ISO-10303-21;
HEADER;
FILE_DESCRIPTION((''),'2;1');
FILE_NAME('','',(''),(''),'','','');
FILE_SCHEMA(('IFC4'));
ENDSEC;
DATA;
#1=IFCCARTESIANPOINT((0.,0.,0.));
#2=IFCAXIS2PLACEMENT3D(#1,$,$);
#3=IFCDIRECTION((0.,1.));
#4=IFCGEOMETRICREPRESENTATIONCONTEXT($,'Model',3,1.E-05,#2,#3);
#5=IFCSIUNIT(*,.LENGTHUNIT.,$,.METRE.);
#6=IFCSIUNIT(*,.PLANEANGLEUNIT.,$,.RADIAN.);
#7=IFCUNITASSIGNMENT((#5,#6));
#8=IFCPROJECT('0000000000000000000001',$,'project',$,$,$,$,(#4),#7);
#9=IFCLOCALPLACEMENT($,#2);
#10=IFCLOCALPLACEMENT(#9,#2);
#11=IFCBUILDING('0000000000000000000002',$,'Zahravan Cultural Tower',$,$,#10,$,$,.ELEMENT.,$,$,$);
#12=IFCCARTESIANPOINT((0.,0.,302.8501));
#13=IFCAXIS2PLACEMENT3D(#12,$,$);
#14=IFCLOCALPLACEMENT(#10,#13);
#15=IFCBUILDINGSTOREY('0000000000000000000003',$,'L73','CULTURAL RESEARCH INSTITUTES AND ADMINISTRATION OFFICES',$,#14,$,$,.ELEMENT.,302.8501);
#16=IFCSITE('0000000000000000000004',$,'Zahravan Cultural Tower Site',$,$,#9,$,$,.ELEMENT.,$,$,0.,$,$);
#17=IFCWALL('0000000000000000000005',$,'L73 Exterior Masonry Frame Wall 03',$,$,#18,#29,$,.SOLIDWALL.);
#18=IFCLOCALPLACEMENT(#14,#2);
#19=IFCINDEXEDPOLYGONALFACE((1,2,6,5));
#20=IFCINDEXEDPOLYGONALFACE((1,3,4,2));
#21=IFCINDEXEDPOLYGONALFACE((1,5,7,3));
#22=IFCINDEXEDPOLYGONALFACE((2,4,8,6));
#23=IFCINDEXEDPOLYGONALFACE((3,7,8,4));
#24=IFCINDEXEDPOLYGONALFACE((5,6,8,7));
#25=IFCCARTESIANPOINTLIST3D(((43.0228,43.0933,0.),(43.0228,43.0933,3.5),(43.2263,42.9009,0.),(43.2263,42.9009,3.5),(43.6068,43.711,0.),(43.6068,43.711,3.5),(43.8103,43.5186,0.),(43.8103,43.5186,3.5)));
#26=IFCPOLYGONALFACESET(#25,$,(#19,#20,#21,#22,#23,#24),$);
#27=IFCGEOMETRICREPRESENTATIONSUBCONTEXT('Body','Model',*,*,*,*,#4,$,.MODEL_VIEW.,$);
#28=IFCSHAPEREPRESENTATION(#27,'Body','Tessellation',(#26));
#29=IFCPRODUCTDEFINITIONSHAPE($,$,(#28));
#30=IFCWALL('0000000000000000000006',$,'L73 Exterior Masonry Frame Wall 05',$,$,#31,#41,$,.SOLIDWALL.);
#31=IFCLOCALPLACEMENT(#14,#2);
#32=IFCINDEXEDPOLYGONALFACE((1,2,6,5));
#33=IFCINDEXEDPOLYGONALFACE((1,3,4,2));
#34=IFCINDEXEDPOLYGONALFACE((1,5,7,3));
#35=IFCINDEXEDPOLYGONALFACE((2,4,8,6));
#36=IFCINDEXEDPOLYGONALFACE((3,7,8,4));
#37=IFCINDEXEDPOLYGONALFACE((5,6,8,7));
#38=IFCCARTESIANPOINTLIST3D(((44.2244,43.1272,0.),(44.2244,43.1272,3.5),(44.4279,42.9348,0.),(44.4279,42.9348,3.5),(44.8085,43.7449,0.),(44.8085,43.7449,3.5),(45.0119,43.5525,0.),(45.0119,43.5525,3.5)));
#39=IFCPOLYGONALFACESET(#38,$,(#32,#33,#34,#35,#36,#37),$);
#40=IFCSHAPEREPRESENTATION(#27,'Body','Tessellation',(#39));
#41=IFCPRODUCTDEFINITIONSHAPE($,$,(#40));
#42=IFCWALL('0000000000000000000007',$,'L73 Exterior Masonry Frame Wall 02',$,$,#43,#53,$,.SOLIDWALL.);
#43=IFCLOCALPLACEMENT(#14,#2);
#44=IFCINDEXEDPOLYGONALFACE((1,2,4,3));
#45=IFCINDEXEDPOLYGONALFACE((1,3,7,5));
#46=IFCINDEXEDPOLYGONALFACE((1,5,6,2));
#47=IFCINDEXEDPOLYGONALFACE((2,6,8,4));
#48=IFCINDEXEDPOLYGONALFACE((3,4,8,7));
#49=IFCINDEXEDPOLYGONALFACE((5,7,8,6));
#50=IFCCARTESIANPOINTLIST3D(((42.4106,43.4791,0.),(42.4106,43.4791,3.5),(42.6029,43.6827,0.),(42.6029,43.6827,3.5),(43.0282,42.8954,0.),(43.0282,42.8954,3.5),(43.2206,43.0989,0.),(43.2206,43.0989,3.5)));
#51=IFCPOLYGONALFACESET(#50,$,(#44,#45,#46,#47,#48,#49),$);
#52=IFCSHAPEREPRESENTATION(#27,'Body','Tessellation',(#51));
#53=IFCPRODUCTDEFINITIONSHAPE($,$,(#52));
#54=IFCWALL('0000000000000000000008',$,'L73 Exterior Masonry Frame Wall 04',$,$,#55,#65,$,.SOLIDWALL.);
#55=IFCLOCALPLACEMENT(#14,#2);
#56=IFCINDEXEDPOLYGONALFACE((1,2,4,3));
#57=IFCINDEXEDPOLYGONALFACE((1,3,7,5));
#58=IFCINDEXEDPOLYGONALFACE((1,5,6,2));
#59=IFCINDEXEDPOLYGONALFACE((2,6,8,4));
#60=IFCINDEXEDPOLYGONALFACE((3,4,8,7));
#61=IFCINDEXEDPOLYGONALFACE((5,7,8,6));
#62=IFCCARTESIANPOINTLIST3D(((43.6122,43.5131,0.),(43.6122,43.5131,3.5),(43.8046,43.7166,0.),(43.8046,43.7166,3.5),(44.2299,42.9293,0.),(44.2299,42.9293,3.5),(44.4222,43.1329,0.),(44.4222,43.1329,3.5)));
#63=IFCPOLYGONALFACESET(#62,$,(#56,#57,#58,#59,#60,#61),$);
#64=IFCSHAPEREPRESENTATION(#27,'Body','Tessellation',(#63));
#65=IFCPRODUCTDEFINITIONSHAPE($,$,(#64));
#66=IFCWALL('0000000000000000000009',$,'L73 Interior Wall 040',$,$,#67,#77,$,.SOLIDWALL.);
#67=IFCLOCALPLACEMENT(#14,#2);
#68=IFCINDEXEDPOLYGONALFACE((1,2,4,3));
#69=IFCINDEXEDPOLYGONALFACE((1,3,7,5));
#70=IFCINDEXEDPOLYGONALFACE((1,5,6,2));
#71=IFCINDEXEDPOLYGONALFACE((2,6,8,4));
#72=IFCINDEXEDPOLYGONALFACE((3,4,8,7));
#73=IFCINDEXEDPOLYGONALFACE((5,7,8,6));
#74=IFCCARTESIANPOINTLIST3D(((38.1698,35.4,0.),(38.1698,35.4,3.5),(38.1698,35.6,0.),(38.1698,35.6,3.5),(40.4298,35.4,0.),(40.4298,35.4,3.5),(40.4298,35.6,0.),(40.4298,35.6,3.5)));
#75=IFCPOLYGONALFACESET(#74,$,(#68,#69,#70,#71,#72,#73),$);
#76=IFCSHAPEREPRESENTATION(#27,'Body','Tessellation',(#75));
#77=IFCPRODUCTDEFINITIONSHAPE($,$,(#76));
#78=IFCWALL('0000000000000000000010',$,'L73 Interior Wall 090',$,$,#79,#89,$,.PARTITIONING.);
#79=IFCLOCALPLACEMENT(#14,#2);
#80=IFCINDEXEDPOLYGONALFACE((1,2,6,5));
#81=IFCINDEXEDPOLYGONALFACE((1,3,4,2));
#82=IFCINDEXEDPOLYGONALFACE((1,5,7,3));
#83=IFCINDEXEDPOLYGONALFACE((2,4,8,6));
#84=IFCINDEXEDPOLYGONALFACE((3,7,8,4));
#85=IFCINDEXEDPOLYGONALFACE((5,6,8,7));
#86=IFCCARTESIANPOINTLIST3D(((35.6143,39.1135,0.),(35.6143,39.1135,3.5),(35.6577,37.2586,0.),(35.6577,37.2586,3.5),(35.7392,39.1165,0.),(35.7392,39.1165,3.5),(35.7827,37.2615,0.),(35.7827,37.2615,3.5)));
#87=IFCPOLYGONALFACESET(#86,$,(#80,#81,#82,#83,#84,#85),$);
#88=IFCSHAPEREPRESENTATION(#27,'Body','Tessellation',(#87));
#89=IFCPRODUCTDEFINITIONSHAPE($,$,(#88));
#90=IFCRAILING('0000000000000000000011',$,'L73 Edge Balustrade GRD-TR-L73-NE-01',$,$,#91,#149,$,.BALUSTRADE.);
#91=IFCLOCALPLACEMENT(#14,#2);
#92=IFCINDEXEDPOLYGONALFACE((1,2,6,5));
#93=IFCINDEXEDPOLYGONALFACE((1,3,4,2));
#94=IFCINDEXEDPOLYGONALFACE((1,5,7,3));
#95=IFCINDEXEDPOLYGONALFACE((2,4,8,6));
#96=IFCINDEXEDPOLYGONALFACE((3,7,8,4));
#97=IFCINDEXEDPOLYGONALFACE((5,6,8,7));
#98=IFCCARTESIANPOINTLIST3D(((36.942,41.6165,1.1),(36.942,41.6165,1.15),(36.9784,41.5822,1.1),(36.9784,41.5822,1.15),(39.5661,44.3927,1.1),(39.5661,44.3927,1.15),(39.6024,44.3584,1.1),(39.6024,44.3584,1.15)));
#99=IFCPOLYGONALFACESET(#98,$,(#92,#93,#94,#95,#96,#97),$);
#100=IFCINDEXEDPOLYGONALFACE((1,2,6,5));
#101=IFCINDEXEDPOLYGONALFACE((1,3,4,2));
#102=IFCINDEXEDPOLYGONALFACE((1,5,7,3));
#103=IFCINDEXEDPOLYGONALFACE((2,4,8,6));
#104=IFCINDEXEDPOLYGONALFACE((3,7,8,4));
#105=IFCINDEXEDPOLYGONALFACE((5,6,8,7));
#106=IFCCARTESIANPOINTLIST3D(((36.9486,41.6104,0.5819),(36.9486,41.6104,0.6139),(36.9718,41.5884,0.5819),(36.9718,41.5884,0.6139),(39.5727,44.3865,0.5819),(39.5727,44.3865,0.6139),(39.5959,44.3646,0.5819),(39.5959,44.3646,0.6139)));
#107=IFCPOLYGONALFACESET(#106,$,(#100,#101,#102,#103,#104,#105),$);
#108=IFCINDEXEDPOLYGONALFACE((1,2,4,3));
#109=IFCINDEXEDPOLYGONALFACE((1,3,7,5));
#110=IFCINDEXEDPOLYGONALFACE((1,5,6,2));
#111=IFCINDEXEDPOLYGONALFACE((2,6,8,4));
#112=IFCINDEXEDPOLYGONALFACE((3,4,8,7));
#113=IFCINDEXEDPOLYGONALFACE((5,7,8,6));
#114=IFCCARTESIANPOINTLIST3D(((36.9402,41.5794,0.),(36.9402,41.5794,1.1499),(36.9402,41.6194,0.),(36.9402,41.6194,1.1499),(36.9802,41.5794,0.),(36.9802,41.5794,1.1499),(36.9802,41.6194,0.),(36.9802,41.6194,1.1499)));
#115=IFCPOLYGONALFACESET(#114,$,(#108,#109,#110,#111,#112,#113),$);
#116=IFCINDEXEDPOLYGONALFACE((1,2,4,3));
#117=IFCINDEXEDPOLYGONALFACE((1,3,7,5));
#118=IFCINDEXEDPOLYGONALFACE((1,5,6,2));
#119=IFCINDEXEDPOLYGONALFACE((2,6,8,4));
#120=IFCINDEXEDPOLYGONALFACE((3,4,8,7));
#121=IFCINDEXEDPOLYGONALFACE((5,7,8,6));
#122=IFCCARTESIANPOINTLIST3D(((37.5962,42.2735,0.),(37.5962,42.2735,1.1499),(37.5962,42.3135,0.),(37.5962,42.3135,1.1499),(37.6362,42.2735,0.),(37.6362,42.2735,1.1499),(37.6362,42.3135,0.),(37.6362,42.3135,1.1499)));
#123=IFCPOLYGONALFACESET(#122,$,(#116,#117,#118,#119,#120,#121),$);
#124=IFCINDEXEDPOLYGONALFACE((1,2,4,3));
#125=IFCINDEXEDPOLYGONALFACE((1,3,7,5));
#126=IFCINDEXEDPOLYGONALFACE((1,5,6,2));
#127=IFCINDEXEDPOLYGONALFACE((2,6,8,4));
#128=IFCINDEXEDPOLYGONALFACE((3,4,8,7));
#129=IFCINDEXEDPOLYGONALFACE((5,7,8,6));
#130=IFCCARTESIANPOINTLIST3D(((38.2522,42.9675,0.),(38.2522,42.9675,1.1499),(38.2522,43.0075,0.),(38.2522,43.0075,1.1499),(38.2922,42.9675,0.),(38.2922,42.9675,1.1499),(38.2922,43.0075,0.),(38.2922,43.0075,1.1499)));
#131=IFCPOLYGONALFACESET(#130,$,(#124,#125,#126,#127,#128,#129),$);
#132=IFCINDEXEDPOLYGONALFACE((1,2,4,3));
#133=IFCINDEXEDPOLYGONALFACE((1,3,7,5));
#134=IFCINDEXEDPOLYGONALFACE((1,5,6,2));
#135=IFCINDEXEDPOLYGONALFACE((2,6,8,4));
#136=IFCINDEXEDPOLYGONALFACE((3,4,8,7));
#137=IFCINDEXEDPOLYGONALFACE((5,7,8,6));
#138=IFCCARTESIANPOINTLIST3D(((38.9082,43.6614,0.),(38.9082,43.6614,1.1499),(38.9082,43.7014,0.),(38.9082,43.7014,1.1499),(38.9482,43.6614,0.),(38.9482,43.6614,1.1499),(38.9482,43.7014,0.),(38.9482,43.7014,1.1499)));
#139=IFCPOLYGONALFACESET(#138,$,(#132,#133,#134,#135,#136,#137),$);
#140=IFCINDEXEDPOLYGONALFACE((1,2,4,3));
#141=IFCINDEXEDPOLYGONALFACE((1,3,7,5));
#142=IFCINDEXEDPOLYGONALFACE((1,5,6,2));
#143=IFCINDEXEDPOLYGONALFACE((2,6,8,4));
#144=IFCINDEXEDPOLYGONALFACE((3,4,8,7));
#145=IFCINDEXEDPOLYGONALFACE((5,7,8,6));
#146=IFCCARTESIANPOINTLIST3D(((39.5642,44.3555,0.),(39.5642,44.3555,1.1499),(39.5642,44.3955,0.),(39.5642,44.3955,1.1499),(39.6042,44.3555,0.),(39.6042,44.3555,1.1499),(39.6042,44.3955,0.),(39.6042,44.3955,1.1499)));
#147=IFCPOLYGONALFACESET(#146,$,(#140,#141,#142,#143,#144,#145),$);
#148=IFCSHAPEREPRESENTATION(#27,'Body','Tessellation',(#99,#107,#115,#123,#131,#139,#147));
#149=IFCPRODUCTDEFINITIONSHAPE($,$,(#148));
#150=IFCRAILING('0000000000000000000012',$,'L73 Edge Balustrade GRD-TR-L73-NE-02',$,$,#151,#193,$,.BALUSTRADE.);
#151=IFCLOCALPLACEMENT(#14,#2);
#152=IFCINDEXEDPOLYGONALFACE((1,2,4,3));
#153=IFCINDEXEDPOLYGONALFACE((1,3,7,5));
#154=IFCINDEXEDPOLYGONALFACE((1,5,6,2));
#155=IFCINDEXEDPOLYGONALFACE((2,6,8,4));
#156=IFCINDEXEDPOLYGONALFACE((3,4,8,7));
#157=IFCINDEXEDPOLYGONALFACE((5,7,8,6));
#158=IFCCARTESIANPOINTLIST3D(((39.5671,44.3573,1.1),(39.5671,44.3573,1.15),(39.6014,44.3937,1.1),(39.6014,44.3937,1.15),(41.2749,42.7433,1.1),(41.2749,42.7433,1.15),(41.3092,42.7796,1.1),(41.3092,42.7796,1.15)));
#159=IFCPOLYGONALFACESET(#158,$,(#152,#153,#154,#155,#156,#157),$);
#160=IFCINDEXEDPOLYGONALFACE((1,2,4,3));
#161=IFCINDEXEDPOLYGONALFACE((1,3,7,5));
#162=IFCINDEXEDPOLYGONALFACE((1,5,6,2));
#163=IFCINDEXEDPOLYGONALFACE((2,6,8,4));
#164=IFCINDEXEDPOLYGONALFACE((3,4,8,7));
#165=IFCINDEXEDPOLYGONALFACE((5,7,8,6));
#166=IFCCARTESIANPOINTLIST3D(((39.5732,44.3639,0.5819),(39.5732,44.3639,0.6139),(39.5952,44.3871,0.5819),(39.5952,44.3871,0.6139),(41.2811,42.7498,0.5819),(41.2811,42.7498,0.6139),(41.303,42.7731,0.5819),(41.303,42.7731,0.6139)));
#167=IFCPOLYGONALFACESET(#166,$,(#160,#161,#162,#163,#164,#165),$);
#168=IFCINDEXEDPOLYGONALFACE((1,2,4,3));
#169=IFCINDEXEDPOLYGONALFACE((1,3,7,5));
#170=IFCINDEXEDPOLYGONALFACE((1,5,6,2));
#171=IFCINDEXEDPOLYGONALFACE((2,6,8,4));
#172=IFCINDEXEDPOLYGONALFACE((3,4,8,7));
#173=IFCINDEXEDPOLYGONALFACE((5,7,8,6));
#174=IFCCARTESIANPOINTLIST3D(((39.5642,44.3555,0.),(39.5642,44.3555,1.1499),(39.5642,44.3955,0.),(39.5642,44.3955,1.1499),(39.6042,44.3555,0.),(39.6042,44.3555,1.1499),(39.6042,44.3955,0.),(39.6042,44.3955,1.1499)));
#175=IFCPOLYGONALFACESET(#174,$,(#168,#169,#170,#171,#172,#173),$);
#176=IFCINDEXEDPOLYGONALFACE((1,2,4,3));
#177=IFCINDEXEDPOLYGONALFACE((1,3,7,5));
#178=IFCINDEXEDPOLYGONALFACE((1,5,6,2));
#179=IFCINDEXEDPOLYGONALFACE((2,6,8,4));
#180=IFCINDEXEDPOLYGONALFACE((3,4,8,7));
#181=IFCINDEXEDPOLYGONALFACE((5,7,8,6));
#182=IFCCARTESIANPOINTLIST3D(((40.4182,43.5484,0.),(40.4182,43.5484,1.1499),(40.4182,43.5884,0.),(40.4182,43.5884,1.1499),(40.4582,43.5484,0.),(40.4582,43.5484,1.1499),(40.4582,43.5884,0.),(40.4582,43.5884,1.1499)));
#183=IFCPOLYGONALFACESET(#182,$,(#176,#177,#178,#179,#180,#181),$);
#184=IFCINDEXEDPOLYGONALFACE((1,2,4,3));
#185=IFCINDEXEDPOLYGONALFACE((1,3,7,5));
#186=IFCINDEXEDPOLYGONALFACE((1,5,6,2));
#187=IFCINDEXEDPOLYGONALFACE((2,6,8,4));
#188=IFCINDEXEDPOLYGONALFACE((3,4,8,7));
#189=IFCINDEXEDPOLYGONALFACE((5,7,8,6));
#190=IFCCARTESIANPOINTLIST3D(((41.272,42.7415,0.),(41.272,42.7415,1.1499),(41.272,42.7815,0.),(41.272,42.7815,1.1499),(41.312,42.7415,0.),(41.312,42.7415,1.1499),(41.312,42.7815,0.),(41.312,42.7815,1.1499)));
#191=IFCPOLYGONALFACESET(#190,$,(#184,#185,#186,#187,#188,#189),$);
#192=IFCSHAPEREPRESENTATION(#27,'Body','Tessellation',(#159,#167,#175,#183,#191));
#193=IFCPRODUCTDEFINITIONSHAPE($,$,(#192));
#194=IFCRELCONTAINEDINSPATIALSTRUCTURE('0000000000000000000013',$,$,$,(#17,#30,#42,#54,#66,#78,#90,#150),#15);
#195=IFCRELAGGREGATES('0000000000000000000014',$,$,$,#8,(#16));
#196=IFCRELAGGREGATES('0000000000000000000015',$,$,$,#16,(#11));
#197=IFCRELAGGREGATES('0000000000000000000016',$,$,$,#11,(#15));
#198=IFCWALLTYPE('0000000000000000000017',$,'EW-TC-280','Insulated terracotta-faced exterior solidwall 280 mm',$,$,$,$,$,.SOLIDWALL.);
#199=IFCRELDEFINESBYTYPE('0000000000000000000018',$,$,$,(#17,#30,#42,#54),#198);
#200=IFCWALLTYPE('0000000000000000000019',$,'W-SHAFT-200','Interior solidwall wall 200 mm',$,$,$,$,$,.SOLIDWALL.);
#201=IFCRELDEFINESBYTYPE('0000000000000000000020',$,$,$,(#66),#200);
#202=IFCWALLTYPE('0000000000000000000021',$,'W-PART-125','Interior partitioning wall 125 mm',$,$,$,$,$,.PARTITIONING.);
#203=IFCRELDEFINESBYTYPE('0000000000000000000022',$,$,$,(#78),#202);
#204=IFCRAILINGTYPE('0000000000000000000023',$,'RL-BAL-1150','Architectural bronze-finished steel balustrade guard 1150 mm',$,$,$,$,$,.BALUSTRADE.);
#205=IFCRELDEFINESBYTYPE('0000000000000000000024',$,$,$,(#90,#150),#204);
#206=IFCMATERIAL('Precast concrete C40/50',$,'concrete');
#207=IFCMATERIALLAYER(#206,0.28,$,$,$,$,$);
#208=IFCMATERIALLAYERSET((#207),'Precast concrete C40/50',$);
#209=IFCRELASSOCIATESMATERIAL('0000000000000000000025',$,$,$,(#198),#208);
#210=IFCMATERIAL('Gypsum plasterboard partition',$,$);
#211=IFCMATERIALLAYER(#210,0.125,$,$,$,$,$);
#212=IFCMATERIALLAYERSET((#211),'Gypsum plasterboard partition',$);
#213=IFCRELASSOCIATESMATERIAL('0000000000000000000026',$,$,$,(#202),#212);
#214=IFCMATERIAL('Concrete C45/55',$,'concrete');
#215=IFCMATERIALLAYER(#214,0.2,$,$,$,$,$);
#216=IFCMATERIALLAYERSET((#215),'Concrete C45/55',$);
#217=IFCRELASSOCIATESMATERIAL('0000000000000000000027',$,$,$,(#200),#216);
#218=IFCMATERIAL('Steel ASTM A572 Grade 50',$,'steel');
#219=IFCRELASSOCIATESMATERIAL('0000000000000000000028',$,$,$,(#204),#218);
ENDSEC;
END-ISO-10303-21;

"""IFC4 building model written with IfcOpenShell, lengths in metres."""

from ifc_helpers import new_model, si_unit, direction, frame, frame_2d, origin, origin_2d, place, context, subcontext, project, spatial, rectangle, extrude, source, transform, mapped, material, layer, layer_set, type_object, element, save


model = new_model("IFC4")

# Units and contexts
model_context = context("Model", 3, precision=1e-05, world=origin(), true_north=direction((0.0, 1.0)))
body_context = subcontext(model_context, "Body", "Model", "MODEL_VIEW")
ifc_project = project(units=[si_unit("LENGTHUNIT", "METRE"), si_unit("PLANEANGLEUNIT", "RADIAN")], contexts=[model_context])

# Site, building, storey
site_placement = place(None, origin())
site = spatial("IfcSite", under=ifc_project, at=site_placement, Name="Zahravan Cultural Tower Site", CompositionType="ELEMENT", RefElevation=0.0)
building_placement = place(site_placement, origin())
building = spatial("IfcBuilding", under=site, at=building_placement, Name="Zahravan Cultural Tower", CompositionType="ELEMENT")
storey_placement = place(building_placement, frame((0.0, 0.0, 302.8501)))
storey = spatial("IfcBuildingStorey", under=building, at=storey_placement, Name="L73", Description="CULTURAL RESEARCH INSTITUTES AND ADMINISTRATION OFFICES", CompositionType="ELEMENT", Elevation=302.8501)

# Shared definitions
ifc_material_1 = material(Name="Precast concrete C40/50", Category="concrete")
ifc_layer_1 = layer(ifc_material_1, 0.28)
ifc_layer_set_1 = layer_set([ifc_layer_1], Name="Precast concrete C40/50")
wall_type_1 = type_object("IfcWallType", Name="EW-TC-280", Description="Insulated terracotta-faced exterior solidwall 280 mm", PredefinedType="SOLIDWALL", material=ifc_layer_set_1)
ifc_material_2 = material(Name="Gypsum plasterboard partition")
ifc_layer_2 = layer(ifc_material_2, 0.125)
ifc_layer_set_2 = layer_set([ifc_layer_2], Name="Gypsum plasterboard partition")
wall_type_2 = type_object("IfcWallType", Name="W-PART-125", Description="Interior partitioning wall 125 mm", PredefinedType="PARTITIONING", material=ifc_layer_set_2)

# Walls
shared_shape_1 = source(origin(), body_context, "Body", "SweptSolid", [
    extrude(rectangle(XDim=0.8501, YDim=0.28, at=frame_2d((0.425, 0.0))), origin(), (0.0, 0.0, 1.0), 3.5),
])
for number, where, z_axis, x_axis, name in (
    (1, (43.1245, 42.9971, 0.0), (0.0, 0.0, 1.0), (0.687011, 0.726647, 0.0), "L73 Exterior Masonry Frame Wall 03"),
    (2, (44.3262, 43.031, 0.0), (0.0, 0.0, 1.0), (0.687011, 0.726647, 0.0), "L73 Exterior Masonry Frame Wall 05"),
):
    element("IfcWall", number, at=place(storey_placement, frame(where, z_axis=z_axis, x_axis=x_axis)), inside=storey, type_object=wall_type_1, Name=name, PredefinedType="SOLIDWALL", context=body_context, shape_type="MappedRepresentation", body=[
        mapped(shared_shape_1, transform((0.0, 0.0, 0.0), x_axis=(1.0, 0.0, 0.0), y_axis=(0.0, 1.0, 0.0), z_axis=(0.0, 0.0, 1.0), scale=1.0)),
    ])
shared_shape_2 = source(origin(), body_context, "Body", "SweptSolid", [
    extrude(rectangle(XDim=0.8499, YDim=0.28, at=frame_2d((0.4248, 0.0))), origin(), (0.0, 0.0, 1.0), 3.5),
])
for number, where, z_axis, x_axis, name in (
    (3, (42.5068, 43.5808, 0.0), (0.0, 0.0, 1.0), (0.72679, -0.68686, 0.0), "L73 Exterior Masonry Frame Wall 02"),
    (4, (43.7085, 43.6147, 0.0), (0.0, 0.0, 1.0), (0.72679, -0.68686, 0.0), "L73 Exterior Masonry Frame Wall 04"),
):
    element("IfcWall", number, at=place(storey_placement, frame(where, z_axis=z_axis, x_axis=x_axis)), inside=storey, type_object=wall_type_1, Name=name, PredefinedType="SOLIDWALL", context=body_context, shape_type="MappedRepresentation", body=[
        mapped(shared_shape_2, transform((0.0, 0.0, 0.0), x_axis=(1.0, 0.0, 0.0), y_axis=(0.0, 1.0, 0.0), z_axis=(0.0, 0.0, 1.0), scale=1.0)),
    ])
ifc_material_3 = material(Name="Concrete C45/55", Category="concrete")
ifc_layer_3 = layer(ifc_material_3, 0.2)
ifc_layer_set_3 = layer_set([ifc_layer_3], Name="Concrete C45/55")
wall_type_3 = type_object("IfcWallType", Name="W-SHAFT-200", Description="Interior solidwall wall 200 mm", PredefinedType="SOLIDWALL", material=ifc_layer_set_3)
shared_shape_3 = source(origin(), body_context, "Body", "SweptSolid", [
    extrude(rectangle(XDim=2.26, YDim=0.2, at=frame_2d((1.1299, 0.0))), origin(), (0.0, 0.0, 1.0), 3.5),
])
wall_1_placement = place(storey_placement, frame((38.1699, 35.5, 0.0), z_axis=(0.0, 0.0, 1.0), x_axis=(1.0, 0.0, 0.0)))
element("IfcWall", 5, at=wall_1_placement, inside=storey, type_object=wall_type_3, Name="L73 Interior Wall 040", PredefinedType="SOLIDWALL", context=body_context, shape_type="MappedRepresentation", body=[
    mapped(shared_shape_3, transform((0.0, 0.0, 0.0), x_axis=(1.0, 0.0, 0.0), y_axis=(0.0, 1.0, 0.0), z_axis=(0.0, 0.0, 1.0), scale=1.0)),
])
shared_shape_4 = source(origin(), body_context, "Body", "SweptSolid", [
    extrude(rectangle(XDim=1.8555, YDim=0.125, at=frame_2d((0.9277, 0.0))), origin(), (0.0, 0.0, 1.0), 3.5),
])
wall_2_placement = place(storey_placement, frame((35.6768, 39.115, 0.0), z_axis=(0.0, 0.0, 1.0), x_axis=(0.023421, -0.999726, 0.0)))
element("IfcWall", 6, at=wall_2_placement, inside=storey, type_object=wall_type_2, Name="L73 Interior Wall 090", PredefinedType="PARTITIONING", context=body_context, shape_type="MappedRepresentation", body=[
    mapped(shared_shape_4, transform((0.0, 0.0, 0.0), x_axis=(1.0, 0.0, 0.0), y_axis=(0.0, 1.0, 0.0), z_axis=(0.0, 0.0, 1.0), scale=1.0)),
])

# Railings
ifc_material_4 = material(Name="Steel ASTM A572 Grade 50", Category="steel")
railing_type = type_object("IfcRailingType", Name="RL-BAL-1150", Description="Architectural bronze-finished steel balustrade guard 1150 mm", PredefinedType="BALUSTRADE", material=ifc_material_4)
railing_1_placement = place(storey_placement, frame((36.9602, 41.5994, 0.0)))
element("IfcRailing", 7, at=railing_1_placement, inside=storey, type_object=railing_type, Name="L73 Edge Balustrade GRD-TR-L73-NE-01", PredefinedType="BALUSTRADE", context=body_context, shape_type="SweptSolid", body=[
    extrude(rectangle(XDim=0.05, YDim=0.05, at=origin_2d()), frame((0.0, 0.0, 1.125), z_axis=(0.686918, 0.726735, 0.0), x_axis=(-0.726735, 0.686918, 0.0)), (0.0, 0.0, 1.0), 3.8201),
    extrude(rectangle(XDim=0.032, YDim=0.032, at=origin_2d()), frame((0.0, 0.0, 0.5979), z_axis=(0.686918, 0.726735, 0.0), x_axis=(-0.726735, 0.686918, 0.0)), (0.0, 0.0, 1.0), 3.8201),
    extrude(rectangle(XDim=0.04, YDim=0.04, at=origin_2d()), origin(), (0.0, 0.0, 1.0), 1.1499),
    extrude(rectangle(XDim=0.04, YDim=0.04, at=origin_2d()), frame((0.656, 0.6941, 0.0)), (0.0, 0.0, 1.0), 1.1499),
    extrude(rectangle(XDim=0.04, YDim=0.04, at=origin_2d()), frame((1.312, 1.3882, 0.0)), (0.0, 0.0, 1.0), 1.1499),
    extrude(rectangle(XDim=0.04, YDim=0.04, at=origin_2d()), frame((1.968, 2.082, 0.0)), (0.0, 0.0, 1.0), 1.1499),
    extrude(rectangle(XDim=0.04, YDim=0.04, at=origin_2d()), frame((2.624, 2.7761, 0.0)), (0.0, 0.0, 1.0), 1.1499),
])
railing_2_placement = place(storey_placement, frame((39.5842, 44.3755, 0.0)))
element("IfcRailing", 8, at=railing_2_placement, inside=storey, type_object=railing_type, Name="L73 Edge Balustrade GRD-TR-L73-NE-02", PredefinedType="BALUSTRADE", context=body_context, shape_type="SweptSolid", body=[
    extrude(rectangle(XDim=0.05, YDim=0.05, at=origin_2d()), frame((0.0, 0.0, 1.125), z_axis=(0.726774, -0.686877, 0.0), x_axis=(0.686877, 0.726774, 0.0)), (0.0, 0.0, 1.0), 2.3499),
    extrude(rectangle(XDim=0.032, YDim=0.032, at=origin_2d()), frame((0.0, 0.0, 0.5979), z_axis=(0.726774, -0.686877, 0.0), x_axis=(0.686877, 0.726774, 0.0)), (0.0, 0.0, 1.0), 2.3499),
    extrude(rectangle(XDim=0.04, YDim=0.04, at=origin_2d()), origin(), (0.0, 0.0, 1.0), 1.1499),
    extrude(rectangle(XDim=0.04, YDim=0.04, at=origin_2d()), frame((0.854, -0.8071, 0.0)), (0.0, 0.0, 1.0), 1.1499),
    extrude(rectangle(XDim=0.04, YDim=0.04, at=origin_2d()), frame((1.7078, -1.614, 0.0)), (0.0, 0.0, 1.0), 1.1499),
])

save(model, "model.ifc")
